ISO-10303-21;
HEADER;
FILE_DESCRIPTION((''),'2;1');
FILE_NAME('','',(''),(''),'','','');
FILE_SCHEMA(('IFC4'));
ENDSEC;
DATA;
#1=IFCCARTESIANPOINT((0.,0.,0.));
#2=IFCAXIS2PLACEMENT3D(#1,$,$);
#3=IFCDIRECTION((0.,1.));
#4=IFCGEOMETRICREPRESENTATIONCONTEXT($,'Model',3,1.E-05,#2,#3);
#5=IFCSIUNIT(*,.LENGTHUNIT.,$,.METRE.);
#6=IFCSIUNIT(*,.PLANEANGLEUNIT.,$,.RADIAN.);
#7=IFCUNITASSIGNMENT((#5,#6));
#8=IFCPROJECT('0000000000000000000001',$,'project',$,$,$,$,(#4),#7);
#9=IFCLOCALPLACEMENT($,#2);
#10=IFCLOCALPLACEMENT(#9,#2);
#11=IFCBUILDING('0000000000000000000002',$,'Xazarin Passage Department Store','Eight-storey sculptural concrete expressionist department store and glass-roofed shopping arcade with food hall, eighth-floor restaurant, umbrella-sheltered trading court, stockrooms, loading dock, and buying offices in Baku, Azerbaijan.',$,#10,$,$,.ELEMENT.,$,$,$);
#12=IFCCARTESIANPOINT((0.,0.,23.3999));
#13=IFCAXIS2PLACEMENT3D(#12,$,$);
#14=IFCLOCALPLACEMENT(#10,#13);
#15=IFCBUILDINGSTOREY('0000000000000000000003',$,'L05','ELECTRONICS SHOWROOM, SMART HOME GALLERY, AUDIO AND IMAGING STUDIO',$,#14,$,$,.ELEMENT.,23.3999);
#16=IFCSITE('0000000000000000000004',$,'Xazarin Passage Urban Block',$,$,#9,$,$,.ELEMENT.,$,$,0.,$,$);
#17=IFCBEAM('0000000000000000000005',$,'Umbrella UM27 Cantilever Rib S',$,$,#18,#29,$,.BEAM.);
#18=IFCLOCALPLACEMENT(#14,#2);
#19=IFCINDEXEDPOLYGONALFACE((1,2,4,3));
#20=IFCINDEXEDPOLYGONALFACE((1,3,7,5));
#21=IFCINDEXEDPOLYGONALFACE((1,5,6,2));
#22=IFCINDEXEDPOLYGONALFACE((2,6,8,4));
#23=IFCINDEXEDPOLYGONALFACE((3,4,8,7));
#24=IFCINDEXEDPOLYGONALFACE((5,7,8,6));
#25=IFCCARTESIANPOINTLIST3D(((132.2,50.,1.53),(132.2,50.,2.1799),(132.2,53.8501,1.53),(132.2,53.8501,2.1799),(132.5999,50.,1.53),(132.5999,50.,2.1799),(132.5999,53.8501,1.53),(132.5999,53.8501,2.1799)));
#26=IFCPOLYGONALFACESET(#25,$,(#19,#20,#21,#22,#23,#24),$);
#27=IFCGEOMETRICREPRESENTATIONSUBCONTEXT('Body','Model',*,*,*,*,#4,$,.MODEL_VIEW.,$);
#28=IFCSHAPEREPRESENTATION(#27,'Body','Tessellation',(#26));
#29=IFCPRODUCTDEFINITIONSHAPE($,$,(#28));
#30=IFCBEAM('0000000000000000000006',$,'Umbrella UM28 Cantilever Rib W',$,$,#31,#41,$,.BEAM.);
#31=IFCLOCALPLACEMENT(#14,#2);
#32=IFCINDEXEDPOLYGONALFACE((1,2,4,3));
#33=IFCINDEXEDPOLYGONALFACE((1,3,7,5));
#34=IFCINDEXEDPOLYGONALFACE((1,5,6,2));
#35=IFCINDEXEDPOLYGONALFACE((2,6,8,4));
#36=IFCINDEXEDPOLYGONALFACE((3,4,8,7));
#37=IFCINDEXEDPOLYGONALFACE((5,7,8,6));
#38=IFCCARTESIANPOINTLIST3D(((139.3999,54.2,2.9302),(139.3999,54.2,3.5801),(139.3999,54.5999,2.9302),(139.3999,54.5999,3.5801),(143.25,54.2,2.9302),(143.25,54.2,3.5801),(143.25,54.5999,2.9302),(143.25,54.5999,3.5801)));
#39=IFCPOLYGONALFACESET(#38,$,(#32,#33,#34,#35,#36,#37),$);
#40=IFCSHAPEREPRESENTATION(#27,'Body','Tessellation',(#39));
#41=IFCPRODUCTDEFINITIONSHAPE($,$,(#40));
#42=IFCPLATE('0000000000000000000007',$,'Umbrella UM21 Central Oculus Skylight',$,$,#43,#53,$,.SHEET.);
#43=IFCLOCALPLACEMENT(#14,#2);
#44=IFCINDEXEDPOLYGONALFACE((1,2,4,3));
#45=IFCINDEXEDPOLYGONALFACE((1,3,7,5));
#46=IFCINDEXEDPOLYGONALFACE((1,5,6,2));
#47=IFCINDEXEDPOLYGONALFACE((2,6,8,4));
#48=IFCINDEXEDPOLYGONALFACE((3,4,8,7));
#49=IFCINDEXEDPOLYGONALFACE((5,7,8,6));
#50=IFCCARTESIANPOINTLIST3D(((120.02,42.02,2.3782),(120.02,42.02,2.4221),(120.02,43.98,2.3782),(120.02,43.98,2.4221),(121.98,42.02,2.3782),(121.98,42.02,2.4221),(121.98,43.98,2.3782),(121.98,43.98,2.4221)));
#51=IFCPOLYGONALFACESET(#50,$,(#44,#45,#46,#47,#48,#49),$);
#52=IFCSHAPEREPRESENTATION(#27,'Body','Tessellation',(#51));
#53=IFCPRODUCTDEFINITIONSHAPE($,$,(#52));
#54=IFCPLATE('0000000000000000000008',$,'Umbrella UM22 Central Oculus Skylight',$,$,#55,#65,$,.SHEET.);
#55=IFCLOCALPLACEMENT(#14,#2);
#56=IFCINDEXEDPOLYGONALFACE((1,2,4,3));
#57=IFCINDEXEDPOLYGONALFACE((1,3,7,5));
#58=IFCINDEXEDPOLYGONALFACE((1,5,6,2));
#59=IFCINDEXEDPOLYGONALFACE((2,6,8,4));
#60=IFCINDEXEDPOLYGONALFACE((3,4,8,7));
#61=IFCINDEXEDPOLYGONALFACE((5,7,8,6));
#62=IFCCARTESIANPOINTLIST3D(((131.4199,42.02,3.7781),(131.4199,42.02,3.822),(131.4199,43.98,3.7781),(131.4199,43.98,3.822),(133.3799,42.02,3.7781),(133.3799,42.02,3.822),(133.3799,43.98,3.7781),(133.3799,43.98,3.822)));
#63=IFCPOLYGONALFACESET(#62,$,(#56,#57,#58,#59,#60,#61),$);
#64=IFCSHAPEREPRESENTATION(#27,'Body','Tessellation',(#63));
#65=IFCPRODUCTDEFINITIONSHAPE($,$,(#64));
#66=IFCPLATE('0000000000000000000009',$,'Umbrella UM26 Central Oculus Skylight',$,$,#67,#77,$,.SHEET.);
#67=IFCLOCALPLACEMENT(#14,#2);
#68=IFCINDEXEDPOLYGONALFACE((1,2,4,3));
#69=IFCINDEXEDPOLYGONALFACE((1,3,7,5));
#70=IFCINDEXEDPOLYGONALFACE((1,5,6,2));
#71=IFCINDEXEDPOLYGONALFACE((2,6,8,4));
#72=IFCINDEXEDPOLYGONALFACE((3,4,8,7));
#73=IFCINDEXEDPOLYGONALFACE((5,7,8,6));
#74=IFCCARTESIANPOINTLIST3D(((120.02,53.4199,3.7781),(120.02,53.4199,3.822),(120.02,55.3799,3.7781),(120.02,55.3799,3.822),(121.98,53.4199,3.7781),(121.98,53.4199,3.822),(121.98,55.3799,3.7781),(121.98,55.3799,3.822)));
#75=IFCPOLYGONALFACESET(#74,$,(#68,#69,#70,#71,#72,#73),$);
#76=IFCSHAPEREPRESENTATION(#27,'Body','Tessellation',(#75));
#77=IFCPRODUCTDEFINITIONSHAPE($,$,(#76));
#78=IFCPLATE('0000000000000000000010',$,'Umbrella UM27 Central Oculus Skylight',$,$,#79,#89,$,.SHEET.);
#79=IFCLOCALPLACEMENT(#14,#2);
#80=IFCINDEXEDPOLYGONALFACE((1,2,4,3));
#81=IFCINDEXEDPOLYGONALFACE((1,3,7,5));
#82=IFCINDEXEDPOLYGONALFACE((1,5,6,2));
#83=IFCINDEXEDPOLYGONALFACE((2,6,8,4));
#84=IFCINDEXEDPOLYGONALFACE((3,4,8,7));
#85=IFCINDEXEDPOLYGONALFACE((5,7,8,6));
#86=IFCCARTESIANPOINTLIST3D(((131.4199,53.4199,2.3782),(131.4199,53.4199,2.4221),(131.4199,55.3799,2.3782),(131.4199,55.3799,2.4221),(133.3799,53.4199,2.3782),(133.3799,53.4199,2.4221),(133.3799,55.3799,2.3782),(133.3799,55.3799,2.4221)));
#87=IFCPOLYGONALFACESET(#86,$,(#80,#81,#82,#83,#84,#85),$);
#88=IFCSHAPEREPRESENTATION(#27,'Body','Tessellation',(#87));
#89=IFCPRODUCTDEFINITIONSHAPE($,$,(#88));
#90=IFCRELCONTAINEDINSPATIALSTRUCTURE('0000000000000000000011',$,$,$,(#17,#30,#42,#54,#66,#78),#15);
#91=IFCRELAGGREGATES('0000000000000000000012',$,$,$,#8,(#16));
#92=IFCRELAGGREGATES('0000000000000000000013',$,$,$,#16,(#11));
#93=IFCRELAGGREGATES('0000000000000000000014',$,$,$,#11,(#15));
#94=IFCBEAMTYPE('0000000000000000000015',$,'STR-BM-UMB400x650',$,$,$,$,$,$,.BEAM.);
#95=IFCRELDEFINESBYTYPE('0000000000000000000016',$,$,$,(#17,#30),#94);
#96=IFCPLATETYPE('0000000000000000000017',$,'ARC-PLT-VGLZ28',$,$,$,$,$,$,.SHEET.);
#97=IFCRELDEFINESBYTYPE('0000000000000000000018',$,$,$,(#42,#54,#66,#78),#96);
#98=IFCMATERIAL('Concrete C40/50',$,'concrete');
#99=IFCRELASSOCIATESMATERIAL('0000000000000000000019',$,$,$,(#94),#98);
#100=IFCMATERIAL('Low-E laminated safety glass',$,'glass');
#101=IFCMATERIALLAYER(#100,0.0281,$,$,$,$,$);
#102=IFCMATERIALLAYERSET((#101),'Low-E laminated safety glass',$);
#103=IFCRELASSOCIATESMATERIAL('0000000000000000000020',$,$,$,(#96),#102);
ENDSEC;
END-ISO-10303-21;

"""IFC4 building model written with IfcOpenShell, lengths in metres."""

from ifc_helpers import new_model, si_unit, direction, frame, origin, origin_2d, place, context, subcontext, project, spatial, rectangle, extrude, material, layer, layer_set, material_profile, profile_set, type_object, element, save


model = new_model("IFC4")

# Units and contexts
model_context = context("Model", 3, precision=1e-05, world=origin(), true_north=direction((0.0, 1.0)))
body_context = subcontext(model_context, "Body", "Model", "MODEL_VIEW")
ifc_project = project(units=[si_unit("LENGTHUNIT", "METRE"), si_unit("PLANEANGLEUNIT", "RADIAN")], contexts=[model_context])

# Site, building, storey
site_placement = place(None, origin())
site = spatial("IfcSite", under=ifc_project, at=site_placement, Name="Xazarin Passage Urban Block", CompositionType="ELEMENT", RefElevation=0.0)
building_placement = place(site_placement, origin())
building = spatial("IfcBuilding", under=site, at=building_placement, Name="Xazarin Passage Department Store", Description="Eight-storey sculptural concrete expressionist department store and glass-roofed shopping arcade with food hall, eighth-floor restaurant, umbrella-sheltered trading court, stockrooms, loading dock, and buying offices in Baku, Azerbaijan.", CompositionType="ELEMENT")
storey_placement = place(building_placement, frame((0.0, 0.0, 23.3999)))
storey = spatial("IfcBuildingStorey", under=building, at=storey_placement, Name="L05", Description="ELECTRONICS SHOWROOM, SMART HOME GALLERY, AUDIO AND IMAGING STUDIO", CompositionType="ELEMENT", Elevation=23.3999)

# Beams
ifc_material_1 = material(Name="Concrete C40/50", Category="concrete")
ifc_material_profile = material_profile(ifc_material_1, rectangle(XDim=0.3999, YDim=0.6499, at=origin_2d()), Name="RC 400x650")
ifc_profile_set = profile_set([ifc_material_profile], Name="Concrete C40/50")
beam_type = type_object("IfcBeamType", Name="STR-BM-UMB400x650", PredefinedType="BEAM", material=ifc_profile_set)
for number, where, z_axis, x_axis, name in (
    (1, (132.3999, 53.8501, 1.855), (0.0, -1.0, 0.0), (1.0, 0.0, 0.0), "Umbrella UM27 Cantilever Rib S"),
    (2, (143.25, 54.3999, 3.2551), (-1.0, 0.0, 0.0), (0.0, -1.0, 0.0), "Umbrella UM28 Cantilever Rib W"),
):
    element("IfcBeam", number, at=place(storey_placement, frame(where, z_axis=z_axis, x_axis=x_axis)), inside=storey, type_object=beam_type, Name=name, PredefinedType="BEAM", context=body_context, shape_type="SweptSolid", body=[
        extrude(rectangle(XDim=0.3999, YDim=0.6499, at=origin_2d()), origin(), (0.0, 0.0, 1.0), 3.8501),
    ])

# Plates
ifc_material_2 = material(Name="Low-E laminated safety glass", Category="glass")
ifc_layer = layer(ifc_material_2, 0.0281)
ifc_layer_set = layer_set([ifc_layer], Name="Low-E laminated safety glass")
plate_type = type_object("IfcPlateType", Name="ARC-PLT-VGLZ28", PredefinedType="SHEET", material=ifc_layer_set)
for number, where, z_axis, x_axis, name in (
    (3, (121.0, 43.0, 2.3782), (0.0, 0.0, 1.0), (1.0, 0.0, 0.0), "Umbrella UM21 Central Oculus Skylight"),
    (4, (132.3999, 43.0, 3.7781), (0.0, 0.0, 1.0), (1.0, 0.0, 0.0), "Umbrella UM22 Central Oculus Skylight"),
    (5, (121.0, 54.3999, 3.7781), (0.0, 0.0, 1.0), (1.0, 0.0, 0.0), "Umbrella UM26 Central Oculus Skylight"),
    (6, (132.3999, 54.3999, 2.3782), (0.0, 0.0, 1.0), (1.0, 0.0, 0.0), "Umbrella UM27 Central Oculus Skylight"),
):
    element("IfcPlate", number, at=place(storey_placement, frame(where, z_axis=z_axis, x_axis=x_axis)), inside=storey, type_object=plate_type, Name=name, PredefinedType="SHEET", context=body_context, shape_type="SweptSolid", body=[
        extrude(rectangle(XDim=1.96, YDim=1.96, at=origin_2d()), origin(), (0.0, 0.0, 1.0), 0.0439),
    ])

save(model, "model.ifc")
